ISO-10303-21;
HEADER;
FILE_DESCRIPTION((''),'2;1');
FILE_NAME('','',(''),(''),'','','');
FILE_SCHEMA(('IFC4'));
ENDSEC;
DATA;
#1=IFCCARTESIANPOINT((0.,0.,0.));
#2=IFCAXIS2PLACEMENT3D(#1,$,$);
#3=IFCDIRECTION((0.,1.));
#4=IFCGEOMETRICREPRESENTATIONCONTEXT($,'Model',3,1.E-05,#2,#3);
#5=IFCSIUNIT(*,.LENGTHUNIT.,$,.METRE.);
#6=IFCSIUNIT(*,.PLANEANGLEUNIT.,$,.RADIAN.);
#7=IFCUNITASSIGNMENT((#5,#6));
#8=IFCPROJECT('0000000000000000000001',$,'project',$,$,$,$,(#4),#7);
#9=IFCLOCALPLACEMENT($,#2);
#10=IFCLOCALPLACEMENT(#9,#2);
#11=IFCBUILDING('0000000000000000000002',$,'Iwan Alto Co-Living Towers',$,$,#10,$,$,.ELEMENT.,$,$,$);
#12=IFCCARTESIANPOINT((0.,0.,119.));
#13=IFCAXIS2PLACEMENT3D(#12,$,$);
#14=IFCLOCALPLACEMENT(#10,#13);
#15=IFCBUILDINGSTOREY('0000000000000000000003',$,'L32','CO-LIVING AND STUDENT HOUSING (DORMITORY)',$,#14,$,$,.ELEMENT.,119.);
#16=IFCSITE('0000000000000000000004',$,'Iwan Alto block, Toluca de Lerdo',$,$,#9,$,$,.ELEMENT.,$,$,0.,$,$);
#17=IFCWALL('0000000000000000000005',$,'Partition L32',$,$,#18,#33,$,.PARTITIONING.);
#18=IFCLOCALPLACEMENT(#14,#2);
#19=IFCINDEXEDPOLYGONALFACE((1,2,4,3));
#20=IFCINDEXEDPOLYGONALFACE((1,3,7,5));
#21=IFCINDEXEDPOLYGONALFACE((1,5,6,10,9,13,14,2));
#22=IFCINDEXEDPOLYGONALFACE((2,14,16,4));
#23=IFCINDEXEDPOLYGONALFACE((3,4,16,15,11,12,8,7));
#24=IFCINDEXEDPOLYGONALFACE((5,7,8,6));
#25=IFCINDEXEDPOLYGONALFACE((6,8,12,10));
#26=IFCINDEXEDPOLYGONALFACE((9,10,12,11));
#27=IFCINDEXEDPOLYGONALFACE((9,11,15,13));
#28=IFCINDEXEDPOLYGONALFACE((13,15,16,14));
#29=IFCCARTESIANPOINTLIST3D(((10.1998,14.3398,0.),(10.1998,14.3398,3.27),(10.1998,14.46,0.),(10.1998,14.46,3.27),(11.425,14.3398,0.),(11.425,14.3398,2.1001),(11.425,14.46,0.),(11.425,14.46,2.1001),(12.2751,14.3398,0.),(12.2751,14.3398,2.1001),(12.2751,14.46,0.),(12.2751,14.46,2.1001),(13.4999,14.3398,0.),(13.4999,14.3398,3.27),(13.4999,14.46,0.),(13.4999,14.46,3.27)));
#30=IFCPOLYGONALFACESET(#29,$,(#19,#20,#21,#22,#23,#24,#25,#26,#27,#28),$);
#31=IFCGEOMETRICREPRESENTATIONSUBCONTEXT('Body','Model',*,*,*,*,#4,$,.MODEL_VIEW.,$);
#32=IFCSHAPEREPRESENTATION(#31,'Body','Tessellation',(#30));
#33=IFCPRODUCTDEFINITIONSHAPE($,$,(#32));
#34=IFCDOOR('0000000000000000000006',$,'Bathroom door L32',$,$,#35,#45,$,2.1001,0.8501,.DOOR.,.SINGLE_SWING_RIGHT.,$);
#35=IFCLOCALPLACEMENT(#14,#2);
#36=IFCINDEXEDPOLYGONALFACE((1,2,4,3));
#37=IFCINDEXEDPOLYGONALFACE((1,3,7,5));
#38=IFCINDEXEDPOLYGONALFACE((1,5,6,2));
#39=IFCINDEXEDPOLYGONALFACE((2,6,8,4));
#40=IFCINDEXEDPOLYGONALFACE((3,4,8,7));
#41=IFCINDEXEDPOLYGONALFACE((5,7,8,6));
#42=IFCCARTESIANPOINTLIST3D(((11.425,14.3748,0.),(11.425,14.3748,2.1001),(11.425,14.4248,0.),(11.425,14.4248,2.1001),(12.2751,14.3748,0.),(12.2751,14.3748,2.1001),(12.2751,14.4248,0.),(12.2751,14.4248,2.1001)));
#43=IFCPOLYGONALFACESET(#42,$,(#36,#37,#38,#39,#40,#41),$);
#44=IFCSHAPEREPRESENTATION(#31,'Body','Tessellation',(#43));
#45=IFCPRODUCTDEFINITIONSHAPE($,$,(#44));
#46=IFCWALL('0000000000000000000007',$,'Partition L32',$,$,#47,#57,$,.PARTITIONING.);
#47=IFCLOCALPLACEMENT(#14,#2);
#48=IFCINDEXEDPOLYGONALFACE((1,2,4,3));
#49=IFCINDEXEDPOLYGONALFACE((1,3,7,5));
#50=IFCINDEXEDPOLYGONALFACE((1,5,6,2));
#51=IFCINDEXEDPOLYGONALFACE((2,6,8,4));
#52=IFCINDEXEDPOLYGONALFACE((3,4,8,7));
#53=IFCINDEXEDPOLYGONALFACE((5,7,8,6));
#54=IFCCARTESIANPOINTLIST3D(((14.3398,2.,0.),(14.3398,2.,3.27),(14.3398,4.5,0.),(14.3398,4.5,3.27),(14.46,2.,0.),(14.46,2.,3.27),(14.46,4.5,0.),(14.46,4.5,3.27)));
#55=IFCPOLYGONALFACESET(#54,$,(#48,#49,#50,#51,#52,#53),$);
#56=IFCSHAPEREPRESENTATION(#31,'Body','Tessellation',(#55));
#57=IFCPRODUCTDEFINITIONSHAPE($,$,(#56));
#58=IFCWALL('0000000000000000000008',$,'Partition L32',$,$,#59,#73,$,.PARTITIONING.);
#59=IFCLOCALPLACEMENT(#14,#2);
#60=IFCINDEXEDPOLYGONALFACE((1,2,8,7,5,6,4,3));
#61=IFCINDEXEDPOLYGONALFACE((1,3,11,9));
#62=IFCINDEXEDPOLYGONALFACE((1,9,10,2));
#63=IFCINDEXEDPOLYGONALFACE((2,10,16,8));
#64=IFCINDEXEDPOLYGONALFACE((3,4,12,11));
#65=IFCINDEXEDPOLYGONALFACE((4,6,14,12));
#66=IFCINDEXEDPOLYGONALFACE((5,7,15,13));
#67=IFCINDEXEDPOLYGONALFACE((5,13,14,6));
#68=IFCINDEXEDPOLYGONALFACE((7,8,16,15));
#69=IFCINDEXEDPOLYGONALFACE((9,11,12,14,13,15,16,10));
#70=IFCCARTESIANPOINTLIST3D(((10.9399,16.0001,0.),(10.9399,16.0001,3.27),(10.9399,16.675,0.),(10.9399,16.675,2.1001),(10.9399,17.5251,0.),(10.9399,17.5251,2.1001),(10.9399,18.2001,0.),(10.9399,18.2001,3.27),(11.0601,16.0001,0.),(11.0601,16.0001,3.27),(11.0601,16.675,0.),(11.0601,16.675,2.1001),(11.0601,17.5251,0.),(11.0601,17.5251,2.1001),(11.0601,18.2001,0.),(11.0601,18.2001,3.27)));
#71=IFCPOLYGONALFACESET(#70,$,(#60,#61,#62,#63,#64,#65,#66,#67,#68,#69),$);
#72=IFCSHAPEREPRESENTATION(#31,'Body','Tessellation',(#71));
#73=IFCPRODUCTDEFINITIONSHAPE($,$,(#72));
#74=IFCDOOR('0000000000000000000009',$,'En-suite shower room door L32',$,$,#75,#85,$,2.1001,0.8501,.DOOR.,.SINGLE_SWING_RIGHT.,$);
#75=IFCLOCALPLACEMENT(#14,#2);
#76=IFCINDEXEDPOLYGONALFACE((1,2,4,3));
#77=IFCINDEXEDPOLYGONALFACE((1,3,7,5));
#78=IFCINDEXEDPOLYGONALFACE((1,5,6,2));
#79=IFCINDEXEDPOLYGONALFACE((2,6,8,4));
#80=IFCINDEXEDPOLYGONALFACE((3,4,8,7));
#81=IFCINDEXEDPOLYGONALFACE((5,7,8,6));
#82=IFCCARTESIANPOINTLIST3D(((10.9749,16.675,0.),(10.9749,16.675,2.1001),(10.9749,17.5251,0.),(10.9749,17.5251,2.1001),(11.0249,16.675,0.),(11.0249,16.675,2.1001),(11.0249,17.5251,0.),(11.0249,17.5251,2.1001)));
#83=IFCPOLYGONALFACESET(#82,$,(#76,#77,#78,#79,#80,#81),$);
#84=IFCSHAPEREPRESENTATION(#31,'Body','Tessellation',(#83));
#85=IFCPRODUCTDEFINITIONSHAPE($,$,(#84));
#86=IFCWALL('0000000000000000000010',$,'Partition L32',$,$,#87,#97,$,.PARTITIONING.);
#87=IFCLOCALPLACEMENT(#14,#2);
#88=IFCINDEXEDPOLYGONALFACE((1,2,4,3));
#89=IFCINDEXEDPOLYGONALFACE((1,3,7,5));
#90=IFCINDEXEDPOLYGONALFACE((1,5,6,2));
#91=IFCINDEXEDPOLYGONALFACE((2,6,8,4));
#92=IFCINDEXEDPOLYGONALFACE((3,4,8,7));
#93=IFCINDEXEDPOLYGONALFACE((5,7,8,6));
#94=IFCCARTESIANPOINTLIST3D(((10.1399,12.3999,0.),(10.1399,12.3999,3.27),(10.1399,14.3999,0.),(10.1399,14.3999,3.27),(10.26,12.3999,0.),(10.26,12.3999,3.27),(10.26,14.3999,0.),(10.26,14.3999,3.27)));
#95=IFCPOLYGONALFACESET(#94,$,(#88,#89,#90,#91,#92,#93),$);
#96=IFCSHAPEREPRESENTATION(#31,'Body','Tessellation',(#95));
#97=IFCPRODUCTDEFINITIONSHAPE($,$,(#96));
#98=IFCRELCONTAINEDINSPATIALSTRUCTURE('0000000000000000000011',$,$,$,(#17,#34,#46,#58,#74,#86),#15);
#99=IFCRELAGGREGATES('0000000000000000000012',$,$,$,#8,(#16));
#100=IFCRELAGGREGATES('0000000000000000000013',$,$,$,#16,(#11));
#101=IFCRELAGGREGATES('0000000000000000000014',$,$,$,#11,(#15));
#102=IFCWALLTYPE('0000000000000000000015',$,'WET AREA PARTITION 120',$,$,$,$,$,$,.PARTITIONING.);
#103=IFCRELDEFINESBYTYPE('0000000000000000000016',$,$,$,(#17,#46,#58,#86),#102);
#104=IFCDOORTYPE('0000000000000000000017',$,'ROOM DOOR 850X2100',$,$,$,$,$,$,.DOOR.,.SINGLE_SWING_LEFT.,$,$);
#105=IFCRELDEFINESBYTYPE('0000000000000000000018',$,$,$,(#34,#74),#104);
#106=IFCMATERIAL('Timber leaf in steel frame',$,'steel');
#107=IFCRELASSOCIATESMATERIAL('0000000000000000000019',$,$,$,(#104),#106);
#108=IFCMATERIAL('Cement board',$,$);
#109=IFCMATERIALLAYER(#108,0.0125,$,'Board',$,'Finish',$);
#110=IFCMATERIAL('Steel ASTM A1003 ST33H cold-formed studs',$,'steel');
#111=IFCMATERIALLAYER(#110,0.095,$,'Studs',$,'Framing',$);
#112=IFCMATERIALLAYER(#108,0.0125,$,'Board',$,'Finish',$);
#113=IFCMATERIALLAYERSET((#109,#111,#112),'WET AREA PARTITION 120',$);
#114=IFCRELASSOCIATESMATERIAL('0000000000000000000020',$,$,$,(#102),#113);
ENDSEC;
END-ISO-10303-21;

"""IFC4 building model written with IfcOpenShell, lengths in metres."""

from ifc_helpers import new_model, si_unit, direction, frame, frame_2d, origin, place, context, subcontext, project, spatial, rectangle, extrude, material, layer, layer_set, type_object, element, fill, save


model = new_model("IFC4")

# Units and contexts
model_context = context("Model", 3, precision=1e-05, world=origin(), true_north=direction((0.0, 1.0)))
body_context = subcontext(model_context, "Body", "Model", "MODEL_VIEW")
ifc_project = project(units=[si_unit("LENGTHUNIT", "METRE"), si_unit("PLANEANGLEUNIT", "RADIAN")], contexts=[model_context])

# Site, building, storey
site_placement = place(None, origin())
site = spatial("IfcSite", under=ifc_project, at=site_placement, Name="Iwan Alto block, Toluca de Lerdo", CompositionType="ELEMENT", RefElevation=0.0)
building_placement = place(site_placement, origin())
building = spatial("IfcBuilding", under=site, at=building_placement, Name="Iwan Alto Co-Living Towers", CompositionType="ELEMENT")
storey_placement = place(building_placement, frame((0.0, 0.0, 119.0)))
storey = spatial("IfcBuildingStorey", under=building, at=storey_placement, Name="L32", Description="CO-LIVING AND STUDENT HOUSING (DORMITORY)", CompositionType="ELEMENT", Elevation=119.0)

# Shared definitions
ifc_material_1 = material(Name="Steel ASTM A1003 ST33H cold-formed studs", Category="steel")

# Shared definitions
ifc_material_2 = material(Name="Timber leaf in steel frame", Category="steel")
door_type_1 = type_object("IfcDoorType", Name="ROOM DOOR 850X2100", OperationType="SINGLE_SWING_LEFT", PredefinedType="DOOR", material=ifc_material_2)

# Wall, opening, door
ifc_material_3 = material(Name="Cement board")
ifc_layer_1 = layer(ifc_material_3, 0.0125, Name="Board", Category="Finish")
ifc_layer_2 = layer(ifc_material_1, 0.095, Name="Studs", Category="Framing")
ifc_layer_3 = layer(ifc_material_3, 0.0125, Name="Board", Category="Finish")
ifc_layer_set_1 = layer_set([ifc_layer_1, ifc_layer_2, ifc_layer_3], Name="WET AREA PARTITION 120")
wall_type_1 = type_object("IfcWallType", Name="WET AREA PARTITION 120", PredefinedType="PARTITIONING", material=ifc_layer_set_1)
wall_1_placement = place(storey_placement, frame((10.2, 14.3999, 0.0), z_axis=(0.0, 0.0, 1.0), x_axis=(1.0, 0.0, 0.0)))
wall_1 = element("IfcWall", 1, at=wall_1_placement, inside=storey, type_object=wall_type_1, Name="Partition L32", PredefinedType="PARTITIONING", context=body_context, shape_type="SweptSolid", body=[
    extrude(rectangle(XDim=3.3, YDim=0.1201, at=frame_2d((1.6499, 0.0))), origin(), (0.0, 0.0, 1.0), 3.27),
])
opening_1_placement = place(wall_1_placement, frame((1.2251, 0.0, 0.0)))
opening_1 = element("IfcOpeningElement", 2, at=opening_1_placement, cuts=wall_1, PredefinedType="OPENING", context=body_context, shape_type="SweptSolid", body=[
    extrude(rectangle(XDim=0.8501, YDim=2.1001, at=frame_2d((0.425, 1.05))), frame((0.0, 0.0701, 0.0), z_axis=(0.0, -1.0, 0.0), x_axis=(1.0, 0.0, 0.0)), (0.0, 0.0, 1.0), 0.1401),
])
door_1_placement = place(opening_1_placement, origin())
door_1 = element("IfcDoor", 3, at=door_1_placement, inside=storey, type_object=door_type_1, Name="Bathroom door L32", OperationType="SINGLE_SWING_RIGHT", OverallHeight=2.1001, OverallWidth=0.8501, PredefinedType="DOOR", context=body_context, shape_type="SweptSolid", body=[
    extrude(rectangle(XDim=0.8501, YDim=2.1001, at=frame_2d((0.425, 1.05))), frame((0.0, 0.0249, 0.0), z_axis=(0.0, -1.0, 0.0), x_axis=(1.0, 0.0, 0.0)), (0.0, 0.0, 1.0), 0.05),
])
fill(opening_1, door_1)

# Wall
wall_2_placement = place(storey_placement, frame((14.3999, 2.0, 0.0), z_axis=(0.0, 0.0, 1.0), x_axis=(0.0, 1.0, 0.0)))
element("IfcWall", 4, at=wall_2_placement, inside=storey, type_object=wall_type_1, Name="Partition L32", PredefinedType="PARTITIONING", context=body_context, shape_type="SweptSolid", body=[
    extrude(rectangle(XDim=2.5, YDim=0.1201, at=frame_2d((1.25, 0.0))), origin(), (0.0, 0.0, 1.0), 3.27),
])

# Wall, opening, door
wall_3_placement = place(storey_placement, frame((11.0, 16.0, 0.0), z_axis=(0.0, 0.0, 1.0), x_axis=(0.0, 1.0, 0.0)))
wall_3 = element("IfcWall", 5, at=wall_3_placement, inside=storey, type_object=wall_type_1, Name="Partition L32", PredefinedType="PARTITIONING", context=body_context, shape_type="SweptSolid", body=[
    extrude(rectangle(XDim=2.2, YDim=0.1201, at=frame_2d((1.1001, 0.0))), origin(), (0.0, 0.0, 1.0), 3.27),
])
opening_2_placement = place(wall_3_placement, frame((0.675, 0.0, 0.0)))
opening_2 = element("IfcOpeningElement", 6, at=opening_2_placement, cuts=wall_3, PredefinedType="OPENING", context=body_context, shape_type="SweptSolid", body=[
    extrude(rectangle(XDim=0.8501, YDim=2.1001, at=frame_2d((0.425, 1.05))), frame((0.0, 0.0701, 0.0), z_axis=(0.0, -1.0, 0.0), x_axis=(1.0, 0.0, 0.0)), (0.0, 0.0, 1.0), 0.1401),
])
door_2_placement = place(opening_2_placement, frame((0.8501, 0.0, 0.0), z_axis=(0.0, 0.0, 1.0), x_axis=(-1.0, 0.0, 0.0)))
door_2 = element("IfcDoor", 7, at=door_2_placement, inside=storey, type_object=door_type_1, Name="En-suite shower room door L32", OperationType="SINGLE_SWING_RIGHT", OverallHeight=2.1001, OverallWidth=0.8501, PredefinedType="DOOR", context=body_context, shape_type="SweptSolid", body=[
    extrude(rectangle(XDim=0.8501, YDim=2.1001, at=frame_2d((0.425, 1.05))), frame((0.0, 0.0249, 0.0), z_axis=(0.0, -1.0, 0.0), x_axis=(1.0, 0.0, 0.0)), (0.0, 0.0, 1.0), 0.05),
])
fill(opening_2, door_2)

# Wall
wall_4_placement = place(storey_placement, frame((10.2, 12.3999, 0.0), z_axis=(0.0, 0.0, 1.0), x_axis=(0.0, 1.0, 0.0)))
element("IfcWall", 8, at=wall_4_placement, inside=storey, type_object=wall_type_1, Name="Partition L32", PredefinedType="PARTITIONING", context=body_context, shape_type="SweptSolid", body=[
    extrude(rectangle(XDim=2.0, YDim=0.1201, at=frame_2d((1.0, 0.0))), origin(), (0.0, 0.0, 1.0), 3.27),
])

save(model, "model.ifc")
